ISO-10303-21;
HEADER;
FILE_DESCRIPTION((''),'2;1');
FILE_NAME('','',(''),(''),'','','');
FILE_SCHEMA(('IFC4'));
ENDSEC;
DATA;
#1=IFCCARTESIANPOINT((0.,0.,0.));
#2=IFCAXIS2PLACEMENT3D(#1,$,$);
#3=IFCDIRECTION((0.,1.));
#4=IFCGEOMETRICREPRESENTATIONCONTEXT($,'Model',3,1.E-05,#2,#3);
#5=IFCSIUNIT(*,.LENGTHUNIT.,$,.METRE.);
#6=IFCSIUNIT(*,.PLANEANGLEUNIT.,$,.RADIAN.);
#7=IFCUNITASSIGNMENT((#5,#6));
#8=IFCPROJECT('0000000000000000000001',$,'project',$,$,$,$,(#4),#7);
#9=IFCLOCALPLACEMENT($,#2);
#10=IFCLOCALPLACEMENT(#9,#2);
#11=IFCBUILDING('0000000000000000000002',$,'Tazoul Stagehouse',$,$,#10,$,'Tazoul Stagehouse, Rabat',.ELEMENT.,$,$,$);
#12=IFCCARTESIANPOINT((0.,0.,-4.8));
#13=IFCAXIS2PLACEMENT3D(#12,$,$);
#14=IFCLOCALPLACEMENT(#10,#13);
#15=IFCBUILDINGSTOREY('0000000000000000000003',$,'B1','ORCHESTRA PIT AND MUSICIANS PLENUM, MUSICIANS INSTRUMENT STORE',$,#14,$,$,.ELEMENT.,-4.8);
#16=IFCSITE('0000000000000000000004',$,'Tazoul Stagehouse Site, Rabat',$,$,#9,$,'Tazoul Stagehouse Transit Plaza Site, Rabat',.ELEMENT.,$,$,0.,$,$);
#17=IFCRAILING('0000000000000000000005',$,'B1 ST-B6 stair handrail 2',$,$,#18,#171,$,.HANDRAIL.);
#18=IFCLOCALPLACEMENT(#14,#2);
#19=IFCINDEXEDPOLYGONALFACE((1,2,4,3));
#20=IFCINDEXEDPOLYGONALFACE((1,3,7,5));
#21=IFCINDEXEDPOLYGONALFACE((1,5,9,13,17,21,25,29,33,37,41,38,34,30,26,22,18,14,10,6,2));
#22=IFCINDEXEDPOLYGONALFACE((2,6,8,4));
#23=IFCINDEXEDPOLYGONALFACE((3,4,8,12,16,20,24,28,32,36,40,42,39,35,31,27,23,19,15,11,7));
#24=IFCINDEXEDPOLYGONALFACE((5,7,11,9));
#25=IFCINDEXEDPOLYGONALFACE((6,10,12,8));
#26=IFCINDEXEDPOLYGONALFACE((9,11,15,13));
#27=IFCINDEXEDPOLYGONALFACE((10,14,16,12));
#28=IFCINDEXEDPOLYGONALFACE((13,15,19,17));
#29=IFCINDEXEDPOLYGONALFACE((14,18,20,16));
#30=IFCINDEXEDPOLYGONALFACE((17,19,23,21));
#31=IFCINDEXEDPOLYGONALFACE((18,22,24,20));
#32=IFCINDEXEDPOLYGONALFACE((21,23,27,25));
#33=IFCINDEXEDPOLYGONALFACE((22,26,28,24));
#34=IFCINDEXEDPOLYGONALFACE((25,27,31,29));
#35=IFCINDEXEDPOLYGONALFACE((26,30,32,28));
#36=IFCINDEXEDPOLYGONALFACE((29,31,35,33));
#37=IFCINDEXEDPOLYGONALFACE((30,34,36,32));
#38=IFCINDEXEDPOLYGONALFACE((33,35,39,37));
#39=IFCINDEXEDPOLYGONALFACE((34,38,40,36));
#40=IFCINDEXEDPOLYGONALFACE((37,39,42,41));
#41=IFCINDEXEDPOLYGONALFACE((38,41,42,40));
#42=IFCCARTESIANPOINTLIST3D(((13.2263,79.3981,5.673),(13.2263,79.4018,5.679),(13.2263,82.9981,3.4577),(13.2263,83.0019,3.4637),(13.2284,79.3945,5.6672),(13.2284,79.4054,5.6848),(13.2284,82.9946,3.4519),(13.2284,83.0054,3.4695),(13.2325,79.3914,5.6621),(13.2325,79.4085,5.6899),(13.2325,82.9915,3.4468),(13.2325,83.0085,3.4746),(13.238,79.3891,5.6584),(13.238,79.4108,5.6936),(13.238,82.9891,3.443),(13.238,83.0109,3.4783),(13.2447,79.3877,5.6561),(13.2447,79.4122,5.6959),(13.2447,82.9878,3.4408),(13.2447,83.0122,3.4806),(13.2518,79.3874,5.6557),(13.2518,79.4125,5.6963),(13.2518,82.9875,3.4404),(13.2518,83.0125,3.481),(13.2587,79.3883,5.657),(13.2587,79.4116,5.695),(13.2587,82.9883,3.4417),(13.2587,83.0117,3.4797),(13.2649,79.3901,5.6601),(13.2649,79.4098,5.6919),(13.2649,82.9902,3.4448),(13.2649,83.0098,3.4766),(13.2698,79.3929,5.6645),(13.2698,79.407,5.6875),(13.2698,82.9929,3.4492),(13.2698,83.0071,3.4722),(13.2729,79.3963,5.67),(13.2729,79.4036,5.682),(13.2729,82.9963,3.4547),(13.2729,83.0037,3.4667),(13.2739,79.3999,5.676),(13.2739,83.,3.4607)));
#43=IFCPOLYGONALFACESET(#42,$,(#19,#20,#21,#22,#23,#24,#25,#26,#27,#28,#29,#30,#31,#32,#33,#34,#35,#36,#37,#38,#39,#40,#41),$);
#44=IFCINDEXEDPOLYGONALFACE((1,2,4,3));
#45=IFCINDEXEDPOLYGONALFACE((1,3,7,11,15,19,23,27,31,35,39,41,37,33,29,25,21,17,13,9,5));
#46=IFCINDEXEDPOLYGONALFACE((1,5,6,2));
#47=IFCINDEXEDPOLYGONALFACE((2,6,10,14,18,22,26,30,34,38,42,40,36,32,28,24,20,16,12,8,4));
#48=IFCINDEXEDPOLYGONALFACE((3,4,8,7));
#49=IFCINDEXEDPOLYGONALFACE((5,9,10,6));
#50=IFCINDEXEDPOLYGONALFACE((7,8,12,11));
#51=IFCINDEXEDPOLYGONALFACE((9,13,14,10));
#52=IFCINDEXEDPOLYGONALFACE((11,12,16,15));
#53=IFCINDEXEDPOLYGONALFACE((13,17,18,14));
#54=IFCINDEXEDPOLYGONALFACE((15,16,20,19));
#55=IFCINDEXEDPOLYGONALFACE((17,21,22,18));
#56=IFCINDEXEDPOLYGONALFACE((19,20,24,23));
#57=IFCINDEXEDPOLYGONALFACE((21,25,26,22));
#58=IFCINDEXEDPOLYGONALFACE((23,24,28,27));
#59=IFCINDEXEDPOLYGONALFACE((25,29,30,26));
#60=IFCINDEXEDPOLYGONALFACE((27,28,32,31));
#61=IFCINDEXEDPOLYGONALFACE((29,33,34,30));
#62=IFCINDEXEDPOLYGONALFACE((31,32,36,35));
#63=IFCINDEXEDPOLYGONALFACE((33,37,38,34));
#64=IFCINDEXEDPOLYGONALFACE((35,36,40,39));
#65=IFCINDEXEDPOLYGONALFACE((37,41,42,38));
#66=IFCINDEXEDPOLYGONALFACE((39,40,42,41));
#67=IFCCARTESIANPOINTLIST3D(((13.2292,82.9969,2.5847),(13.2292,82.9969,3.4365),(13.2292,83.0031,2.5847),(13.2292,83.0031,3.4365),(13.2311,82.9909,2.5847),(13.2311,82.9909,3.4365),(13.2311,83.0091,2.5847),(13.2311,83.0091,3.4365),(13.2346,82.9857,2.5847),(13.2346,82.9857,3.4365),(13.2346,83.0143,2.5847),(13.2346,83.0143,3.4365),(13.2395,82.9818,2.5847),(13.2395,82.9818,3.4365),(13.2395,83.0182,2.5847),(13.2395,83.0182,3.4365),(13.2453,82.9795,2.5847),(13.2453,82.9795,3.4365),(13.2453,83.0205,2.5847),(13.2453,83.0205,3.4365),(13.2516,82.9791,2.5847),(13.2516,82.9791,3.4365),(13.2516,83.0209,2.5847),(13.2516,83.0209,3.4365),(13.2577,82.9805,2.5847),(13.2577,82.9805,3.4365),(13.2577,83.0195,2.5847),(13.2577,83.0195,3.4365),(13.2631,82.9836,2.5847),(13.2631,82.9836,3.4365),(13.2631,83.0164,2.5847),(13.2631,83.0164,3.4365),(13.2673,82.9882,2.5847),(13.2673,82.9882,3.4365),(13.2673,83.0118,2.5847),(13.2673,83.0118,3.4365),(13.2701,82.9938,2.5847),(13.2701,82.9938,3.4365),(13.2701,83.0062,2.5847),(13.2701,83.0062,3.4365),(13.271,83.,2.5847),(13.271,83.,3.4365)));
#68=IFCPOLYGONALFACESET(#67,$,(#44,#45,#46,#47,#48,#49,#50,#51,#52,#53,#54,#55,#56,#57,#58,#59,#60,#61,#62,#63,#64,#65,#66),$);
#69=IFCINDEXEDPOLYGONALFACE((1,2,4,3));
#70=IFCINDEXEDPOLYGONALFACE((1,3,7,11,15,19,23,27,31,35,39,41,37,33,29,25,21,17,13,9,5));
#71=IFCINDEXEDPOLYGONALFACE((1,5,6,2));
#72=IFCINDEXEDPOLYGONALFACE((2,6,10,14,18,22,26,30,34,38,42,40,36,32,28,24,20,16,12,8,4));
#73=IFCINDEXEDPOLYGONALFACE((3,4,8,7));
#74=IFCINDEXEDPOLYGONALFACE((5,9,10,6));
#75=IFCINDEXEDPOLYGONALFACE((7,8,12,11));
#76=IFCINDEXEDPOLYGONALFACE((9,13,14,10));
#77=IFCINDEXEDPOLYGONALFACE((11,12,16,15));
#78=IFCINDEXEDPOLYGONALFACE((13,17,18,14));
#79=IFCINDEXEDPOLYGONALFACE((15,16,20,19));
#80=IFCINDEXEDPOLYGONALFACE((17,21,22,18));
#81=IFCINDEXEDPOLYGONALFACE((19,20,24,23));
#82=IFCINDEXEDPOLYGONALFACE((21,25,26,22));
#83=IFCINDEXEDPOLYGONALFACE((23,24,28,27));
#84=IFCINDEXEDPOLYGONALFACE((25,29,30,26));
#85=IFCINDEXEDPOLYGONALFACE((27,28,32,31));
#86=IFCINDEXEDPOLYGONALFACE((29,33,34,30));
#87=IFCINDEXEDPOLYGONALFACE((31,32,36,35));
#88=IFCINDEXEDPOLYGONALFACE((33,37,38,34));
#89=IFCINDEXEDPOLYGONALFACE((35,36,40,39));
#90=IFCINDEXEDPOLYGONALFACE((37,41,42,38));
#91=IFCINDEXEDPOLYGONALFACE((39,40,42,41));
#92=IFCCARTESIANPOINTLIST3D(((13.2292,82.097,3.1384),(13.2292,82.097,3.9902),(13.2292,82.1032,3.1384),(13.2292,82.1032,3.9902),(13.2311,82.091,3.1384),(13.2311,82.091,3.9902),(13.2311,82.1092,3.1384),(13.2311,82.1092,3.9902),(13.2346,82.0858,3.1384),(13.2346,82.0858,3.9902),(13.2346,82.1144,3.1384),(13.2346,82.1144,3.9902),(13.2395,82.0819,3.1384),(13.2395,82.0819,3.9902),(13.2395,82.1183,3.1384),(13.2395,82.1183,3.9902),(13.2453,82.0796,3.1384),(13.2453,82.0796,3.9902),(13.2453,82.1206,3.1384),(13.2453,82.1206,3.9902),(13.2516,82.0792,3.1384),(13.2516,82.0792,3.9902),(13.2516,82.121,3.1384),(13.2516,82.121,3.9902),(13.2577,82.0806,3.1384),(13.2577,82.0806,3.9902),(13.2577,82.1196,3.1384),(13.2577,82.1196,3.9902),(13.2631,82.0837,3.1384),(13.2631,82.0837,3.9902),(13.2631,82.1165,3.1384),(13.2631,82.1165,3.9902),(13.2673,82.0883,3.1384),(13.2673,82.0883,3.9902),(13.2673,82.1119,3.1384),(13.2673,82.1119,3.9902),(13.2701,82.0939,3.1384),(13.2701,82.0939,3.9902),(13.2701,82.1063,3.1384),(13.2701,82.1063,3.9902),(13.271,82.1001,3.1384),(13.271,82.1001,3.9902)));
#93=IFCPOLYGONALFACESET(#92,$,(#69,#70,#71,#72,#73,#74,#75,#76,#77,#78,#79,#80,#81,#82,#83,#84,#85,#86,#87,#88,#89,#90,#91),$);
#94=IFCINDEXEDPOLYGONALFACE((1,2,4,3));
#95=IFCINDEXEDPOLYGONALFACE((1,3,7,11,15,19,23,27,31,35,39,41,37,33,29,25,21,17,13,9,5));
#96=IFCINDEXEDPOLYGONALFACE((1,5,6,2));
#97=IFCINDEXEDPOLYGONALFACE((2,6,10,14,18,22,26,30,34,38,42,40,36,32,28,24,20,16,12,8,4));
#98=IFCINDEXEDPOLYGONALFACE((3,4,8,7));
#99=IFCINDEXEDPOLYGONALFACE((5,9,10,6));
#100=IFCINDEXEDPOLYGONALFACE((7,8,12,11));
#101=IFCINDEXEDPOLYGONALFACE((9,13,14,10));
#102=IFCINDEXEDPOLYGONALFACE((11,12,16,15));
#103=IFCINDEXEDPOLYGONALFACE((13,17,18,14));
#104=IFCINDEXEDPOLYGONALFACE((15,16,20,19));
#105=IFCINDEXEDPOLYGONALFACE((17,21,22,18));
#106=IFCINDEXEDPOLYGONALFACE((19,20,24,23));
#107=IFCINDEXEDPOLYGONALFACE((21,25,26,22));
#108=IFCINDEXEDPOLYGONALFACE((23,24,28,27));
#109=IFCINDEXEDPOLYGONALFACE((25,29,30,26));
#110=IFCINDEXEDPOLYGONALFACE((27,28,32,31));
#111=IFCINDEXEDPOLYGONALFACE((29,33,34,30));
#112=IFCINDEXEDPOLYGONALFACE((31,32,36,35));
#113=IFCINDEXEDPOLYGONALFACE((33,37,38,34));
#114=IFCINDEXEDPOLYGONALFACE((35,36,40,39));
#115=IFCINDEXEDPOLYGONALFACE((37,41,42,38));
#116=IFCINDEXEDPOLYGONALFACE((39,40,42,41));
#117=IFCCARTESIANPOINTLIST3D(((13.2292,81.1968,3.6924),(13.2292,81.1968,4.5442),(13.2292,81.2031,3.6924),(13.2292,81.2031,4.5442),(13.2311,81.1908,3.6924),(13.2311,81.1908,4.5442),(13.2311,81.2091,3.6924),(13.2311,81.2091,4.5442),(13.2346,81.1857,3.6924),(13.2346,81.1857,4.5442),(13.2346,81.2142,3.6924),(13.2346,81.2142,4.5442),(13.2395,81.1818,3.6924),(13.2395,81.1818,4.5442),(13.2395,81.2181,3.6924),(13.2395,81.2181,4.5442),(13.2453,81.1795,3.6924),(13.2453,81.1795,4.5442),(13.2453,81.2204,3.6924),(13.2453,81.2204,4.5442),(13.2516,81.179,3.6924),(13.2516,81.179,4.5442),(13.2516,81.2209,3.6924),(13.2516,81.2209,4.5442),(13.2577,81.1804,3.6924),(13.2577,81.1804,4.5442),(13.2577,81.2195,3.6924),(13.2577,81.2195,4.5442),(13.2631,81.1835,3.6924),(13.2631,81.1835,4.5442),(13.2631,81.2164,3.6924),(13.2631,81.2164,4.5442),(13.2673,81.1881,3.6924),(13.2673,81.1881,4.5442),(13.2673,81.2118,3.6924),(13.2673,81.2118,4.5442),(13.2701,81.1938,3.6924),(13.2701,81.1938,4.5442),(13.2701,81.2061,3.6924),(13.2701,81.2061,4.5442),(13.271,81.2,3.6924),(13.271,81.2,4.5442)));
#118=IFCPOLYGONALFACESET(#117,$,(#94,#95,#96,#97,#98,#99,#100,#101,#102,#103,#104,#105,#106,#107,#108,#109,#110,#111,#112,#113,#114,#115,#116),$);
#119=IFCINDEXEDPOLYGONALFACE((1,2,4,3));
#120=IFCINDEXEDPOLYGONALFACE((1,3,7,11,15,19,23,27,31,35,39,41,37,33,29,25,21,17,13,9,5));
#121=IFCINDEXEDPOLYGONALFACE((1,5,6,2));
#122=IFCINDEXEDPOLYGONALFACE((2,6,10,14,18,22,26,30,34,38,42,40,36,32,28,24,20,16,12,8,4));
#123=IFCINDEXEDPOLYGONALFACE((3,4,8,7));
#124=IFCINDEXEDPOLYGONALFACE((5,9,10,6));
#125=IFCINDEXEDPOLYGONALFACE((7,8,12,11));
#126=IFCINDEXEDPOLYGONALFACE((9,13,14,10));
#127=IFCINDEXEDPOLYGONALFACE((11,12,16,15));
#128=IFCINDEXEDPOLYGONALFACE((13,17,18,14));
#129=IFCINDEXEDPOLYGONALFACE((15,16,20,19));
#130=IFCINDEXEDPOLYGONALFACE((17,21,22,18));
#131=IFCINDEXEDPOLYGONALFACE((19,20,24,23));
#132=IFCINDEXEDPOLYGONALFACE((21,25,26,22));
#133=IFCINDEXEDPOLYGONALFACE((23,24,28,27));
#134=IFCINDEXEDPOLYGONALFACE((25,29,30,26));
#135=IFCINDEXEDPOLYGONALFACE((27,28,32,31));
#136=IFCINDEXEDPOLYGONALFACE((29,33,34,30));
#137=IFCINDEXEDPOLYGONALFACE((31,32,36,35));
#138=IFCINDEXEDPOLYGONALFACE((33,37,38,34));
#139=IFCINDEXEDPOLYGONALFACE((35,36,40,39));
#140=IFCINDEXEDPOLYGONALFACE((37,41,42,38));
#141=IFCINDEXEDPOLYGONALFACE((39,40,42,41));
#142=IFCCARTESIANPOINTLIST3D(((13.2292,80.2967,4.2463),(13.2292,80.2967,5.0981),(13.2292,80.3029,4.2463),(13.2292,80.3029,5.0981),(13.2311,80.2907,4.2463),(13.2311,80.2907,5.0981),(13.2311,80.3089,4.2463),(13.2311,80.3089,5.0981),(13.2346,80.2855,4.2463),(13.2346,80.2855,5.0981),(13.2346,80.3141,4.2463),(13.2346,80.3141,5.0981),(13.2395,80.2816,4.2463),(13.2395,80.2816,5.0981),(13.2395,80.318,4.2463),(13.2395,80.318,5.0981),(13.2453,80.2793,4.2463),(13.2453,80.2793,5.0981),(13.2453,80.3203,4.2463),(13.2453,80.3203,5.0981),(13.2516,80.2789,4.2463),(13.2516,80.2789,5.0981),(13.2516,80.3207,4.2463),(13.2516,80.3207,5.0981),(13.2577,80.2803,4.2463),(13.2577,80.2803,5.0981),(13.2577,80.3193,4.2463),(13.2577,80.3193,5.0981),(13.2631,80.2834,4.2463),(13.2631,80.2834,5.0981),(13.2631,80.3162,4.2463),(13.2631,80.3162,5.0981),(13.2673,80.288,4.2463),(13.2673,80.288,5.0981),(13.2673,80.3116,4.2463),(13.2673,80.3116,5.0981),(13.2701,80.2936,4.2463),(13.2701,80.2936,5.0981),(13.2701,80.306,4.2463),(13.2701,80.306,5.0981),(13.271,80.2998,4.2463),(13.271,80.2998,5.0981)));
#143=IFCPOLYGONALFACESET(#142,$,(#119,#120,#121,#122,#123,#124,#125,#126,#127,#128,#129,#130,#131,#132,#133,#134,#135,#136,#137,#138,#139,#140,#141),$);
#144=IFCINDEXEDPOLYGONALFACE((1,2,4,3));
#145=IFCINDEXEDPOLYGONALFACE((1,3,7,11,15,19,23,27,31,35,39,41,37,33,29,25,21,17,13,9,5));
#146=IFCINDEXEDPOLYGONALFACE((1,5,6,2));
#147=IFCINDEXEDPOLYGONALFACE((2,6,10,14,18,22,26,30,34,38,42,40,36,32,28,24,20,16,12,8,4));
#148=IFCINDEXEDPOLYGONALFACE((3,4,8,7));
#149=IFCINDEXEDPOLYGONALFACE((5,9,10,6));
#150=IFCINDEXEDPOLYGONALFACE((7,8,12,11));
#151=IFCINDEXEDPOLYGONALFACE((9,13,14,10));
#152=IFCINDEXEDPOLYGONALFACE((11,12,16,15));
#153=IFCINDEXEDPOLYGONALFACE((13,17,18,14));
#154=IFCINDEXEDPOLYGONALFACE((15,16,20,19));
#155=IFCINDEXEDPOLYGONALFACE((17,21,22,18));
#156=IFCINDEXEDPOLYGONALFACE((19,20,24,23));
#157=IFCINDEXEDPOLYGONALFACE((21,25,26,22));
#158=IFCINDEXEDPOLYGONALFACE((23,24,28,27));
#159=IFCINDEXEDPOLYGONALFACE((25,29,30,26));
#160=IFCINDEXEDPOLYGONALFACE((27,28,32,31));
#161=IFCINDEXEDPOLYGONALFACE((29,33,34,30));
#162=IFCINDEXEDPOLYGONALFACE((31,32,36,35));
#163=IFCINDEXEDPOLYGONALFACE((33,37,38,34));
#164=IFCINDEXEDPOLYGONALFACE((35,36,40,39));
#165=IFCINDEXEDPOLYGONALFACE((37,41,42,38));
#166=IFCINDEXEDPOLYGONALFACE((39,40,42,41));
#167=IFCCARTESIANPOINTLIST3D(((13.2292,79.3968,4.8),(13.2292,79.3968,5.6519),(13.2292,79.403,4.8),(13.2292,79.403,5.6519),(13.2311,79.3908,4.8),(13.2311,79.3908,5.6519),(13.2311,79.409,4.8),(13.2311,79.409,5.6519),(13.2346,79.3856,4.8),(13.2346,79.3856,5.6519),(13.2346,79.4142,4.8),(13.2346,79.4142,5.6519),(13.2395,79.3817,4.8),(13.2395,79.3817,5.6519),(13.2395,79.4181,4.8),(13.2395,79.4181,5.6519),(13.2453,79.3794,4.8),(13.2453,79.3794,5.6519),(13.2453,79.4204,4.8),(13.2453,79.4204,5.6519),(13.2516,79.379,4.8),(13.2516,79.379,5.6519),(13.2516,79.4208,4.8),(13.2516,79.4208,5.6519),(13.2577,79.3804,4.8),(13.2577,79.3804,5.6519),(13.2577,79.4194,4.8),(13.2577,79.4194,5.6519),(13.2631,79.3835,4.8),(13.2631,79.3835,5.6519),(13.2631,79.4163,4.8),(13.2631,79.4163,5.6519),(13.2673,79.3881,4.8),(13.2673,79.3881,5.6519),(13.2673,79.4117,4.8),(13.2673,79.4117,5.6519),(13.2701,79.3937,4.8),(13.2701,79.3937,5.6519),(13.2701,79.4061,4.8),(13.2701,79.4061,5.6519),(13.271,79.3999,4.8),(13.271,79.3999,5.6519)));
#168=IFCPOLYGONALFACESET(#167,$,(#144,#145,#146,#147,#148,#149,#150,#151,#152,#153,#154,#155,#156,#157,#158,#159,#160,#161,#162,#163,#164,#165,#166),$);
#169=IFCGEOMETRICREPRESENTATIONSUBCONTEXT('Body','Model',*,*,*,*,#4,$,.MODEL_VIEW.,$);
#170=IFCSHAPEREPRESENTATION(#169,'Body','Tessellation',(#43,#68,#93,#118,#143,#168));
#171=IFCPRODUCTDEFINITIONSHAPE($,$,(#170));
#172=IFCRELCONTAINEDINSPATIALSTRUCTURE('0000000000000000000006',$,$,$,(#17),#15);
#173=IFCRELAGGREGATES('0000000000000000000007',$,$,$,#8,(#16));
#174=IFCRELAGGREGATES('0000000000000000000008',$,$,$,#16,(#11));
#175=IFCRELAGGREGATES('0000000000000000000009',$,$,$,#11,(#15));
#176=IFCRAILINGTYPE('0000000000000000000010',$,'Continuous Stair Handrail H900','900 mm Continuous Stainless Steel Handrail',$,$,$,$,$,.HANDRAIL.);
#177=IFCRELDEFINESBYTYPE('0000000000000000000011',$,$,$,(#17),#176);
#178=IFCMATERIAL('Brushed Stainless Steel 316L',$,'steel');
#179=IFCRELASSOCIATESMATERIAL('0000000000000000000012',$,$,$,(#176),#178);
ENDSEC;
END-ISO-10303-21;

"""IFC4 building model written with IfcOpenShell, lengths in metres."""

from ifc_helpers import new_model, si_unit, direction, frame, origin, origin_2d, place, context, subcontext, project, spatial, circle, extrude, material, material_profile, profile_set, type_object, element, save


model = new_model("IFC4")

# Units and contexts
model_context = context("Model", 3, precision=1e-05, world=origin(), true_north=direction((0.0, 1.0)))
body_context = subcontext(model_context, "Body", "Model", "MODEL_VIEW")
ifc_project = project(units=[si_unit("LENGTHUNIT", "METRE"), si_unit("PLANEANGLEUNIT", "RADIAN")], contexts=[model_context])

# Site, building, storey
site_placement = place(None, origin())
site = spatial("IfcSite", under=ifc_project, at=site_placement, Name="Tazoul Stagehouse Site, Rabat", LongName="Tazoul Stagehouse Transit Plaza Site, Rabat", CompositionType="ELEMENT", RefElevation=0.0)
building_placement = place(site_placement, origin())
building = spatial("IfcBuilding", under=site, at=building_placement, Name="Tazoul Stagehouse", LongName="Tazoul Stagehouse, Rabat", CompositionType="ELEMENT")
storey_placement = place(building_placement, frame((0.0, 0.0, -4.8)))
storey = spatial("IfcBuildingStorey", under=building, at=storey_placement, Name="B1", Description="ORCHESTRA PIT AND MUSICIANS PLENUM, MUSICIANS INSTRUMENT STORE", CompositionType="ELEMENT", Elevation=-4.8)

# Railing
ifc_material_1 = material(Name="Brushed Stainless Steel 316L", Category="steel")
ifc_material_profile_1 = material_profile(ifc_material_1, circle(Radius=0.021, at=origin_2d()), Name="SS HANDRAIL D42")
ifc_profile_set_1 = profile_set([ifc_material_profile_1], Name="Brushed Stainless Steel 316L")
railing_type_1 = type_object("IfcRailingType", Name="Continuous Stair Handrail H900", Description="900 mm Continuous Stainless Steel Handrail", PredefinedType="HANDRAIL", material=ifc_profile_set_1)
railing_1_placement = place(storey_placement, frame((13.25, 83.0, 2.5847)))
element("IfcRailing", 1, at=railing_1_placement, inside=storey, type_object=railing_type_1, Name="B1 ST-B6 stair handrail 2", PredefinedType="HANDRAIL", context=body_context, shape_type="SweptSolid", body=[
    extrude(circle(Radius=0.0239, at=origin_2d()), frame((0.0, 0.0, 0.876), z_axis=(0.0, -0.85167, 0.524078), x_axis=(1.0, 0.0, 0.0)), (0.0, 0.0, 1.0), 4.2271),
    extrude(circle(Radius=0.021, at=origin_2d()), origin(), (0.0, 0.0, 1.0), 0.8518),
    extrude(circle(Radius=0.021, at=origin_2d()), frame((0.0, -0.8999, 0.5537)), (0.0, 0.0, 1.0), 0.8518),
    extrude(circle(Radius=0.021, at=origin_2d()), frame((0.0, -1.8, 1.1077)), (0.0, 0.0, 1.0), 0.8518),
    extrude(circle(Radius=0.021, at=origin_2d()), frame((0.0, -2.7002, 1.6616)), (0.0, 0.0, 1.0), 0.8518),
    extrude(circle(Radius=0.021, at=origin_2d()), frame((0.0, -3.6001, 2.2153)), (0.0, 0.0, 1.0), 0.8518),
])

save(model, "model.ifc")
